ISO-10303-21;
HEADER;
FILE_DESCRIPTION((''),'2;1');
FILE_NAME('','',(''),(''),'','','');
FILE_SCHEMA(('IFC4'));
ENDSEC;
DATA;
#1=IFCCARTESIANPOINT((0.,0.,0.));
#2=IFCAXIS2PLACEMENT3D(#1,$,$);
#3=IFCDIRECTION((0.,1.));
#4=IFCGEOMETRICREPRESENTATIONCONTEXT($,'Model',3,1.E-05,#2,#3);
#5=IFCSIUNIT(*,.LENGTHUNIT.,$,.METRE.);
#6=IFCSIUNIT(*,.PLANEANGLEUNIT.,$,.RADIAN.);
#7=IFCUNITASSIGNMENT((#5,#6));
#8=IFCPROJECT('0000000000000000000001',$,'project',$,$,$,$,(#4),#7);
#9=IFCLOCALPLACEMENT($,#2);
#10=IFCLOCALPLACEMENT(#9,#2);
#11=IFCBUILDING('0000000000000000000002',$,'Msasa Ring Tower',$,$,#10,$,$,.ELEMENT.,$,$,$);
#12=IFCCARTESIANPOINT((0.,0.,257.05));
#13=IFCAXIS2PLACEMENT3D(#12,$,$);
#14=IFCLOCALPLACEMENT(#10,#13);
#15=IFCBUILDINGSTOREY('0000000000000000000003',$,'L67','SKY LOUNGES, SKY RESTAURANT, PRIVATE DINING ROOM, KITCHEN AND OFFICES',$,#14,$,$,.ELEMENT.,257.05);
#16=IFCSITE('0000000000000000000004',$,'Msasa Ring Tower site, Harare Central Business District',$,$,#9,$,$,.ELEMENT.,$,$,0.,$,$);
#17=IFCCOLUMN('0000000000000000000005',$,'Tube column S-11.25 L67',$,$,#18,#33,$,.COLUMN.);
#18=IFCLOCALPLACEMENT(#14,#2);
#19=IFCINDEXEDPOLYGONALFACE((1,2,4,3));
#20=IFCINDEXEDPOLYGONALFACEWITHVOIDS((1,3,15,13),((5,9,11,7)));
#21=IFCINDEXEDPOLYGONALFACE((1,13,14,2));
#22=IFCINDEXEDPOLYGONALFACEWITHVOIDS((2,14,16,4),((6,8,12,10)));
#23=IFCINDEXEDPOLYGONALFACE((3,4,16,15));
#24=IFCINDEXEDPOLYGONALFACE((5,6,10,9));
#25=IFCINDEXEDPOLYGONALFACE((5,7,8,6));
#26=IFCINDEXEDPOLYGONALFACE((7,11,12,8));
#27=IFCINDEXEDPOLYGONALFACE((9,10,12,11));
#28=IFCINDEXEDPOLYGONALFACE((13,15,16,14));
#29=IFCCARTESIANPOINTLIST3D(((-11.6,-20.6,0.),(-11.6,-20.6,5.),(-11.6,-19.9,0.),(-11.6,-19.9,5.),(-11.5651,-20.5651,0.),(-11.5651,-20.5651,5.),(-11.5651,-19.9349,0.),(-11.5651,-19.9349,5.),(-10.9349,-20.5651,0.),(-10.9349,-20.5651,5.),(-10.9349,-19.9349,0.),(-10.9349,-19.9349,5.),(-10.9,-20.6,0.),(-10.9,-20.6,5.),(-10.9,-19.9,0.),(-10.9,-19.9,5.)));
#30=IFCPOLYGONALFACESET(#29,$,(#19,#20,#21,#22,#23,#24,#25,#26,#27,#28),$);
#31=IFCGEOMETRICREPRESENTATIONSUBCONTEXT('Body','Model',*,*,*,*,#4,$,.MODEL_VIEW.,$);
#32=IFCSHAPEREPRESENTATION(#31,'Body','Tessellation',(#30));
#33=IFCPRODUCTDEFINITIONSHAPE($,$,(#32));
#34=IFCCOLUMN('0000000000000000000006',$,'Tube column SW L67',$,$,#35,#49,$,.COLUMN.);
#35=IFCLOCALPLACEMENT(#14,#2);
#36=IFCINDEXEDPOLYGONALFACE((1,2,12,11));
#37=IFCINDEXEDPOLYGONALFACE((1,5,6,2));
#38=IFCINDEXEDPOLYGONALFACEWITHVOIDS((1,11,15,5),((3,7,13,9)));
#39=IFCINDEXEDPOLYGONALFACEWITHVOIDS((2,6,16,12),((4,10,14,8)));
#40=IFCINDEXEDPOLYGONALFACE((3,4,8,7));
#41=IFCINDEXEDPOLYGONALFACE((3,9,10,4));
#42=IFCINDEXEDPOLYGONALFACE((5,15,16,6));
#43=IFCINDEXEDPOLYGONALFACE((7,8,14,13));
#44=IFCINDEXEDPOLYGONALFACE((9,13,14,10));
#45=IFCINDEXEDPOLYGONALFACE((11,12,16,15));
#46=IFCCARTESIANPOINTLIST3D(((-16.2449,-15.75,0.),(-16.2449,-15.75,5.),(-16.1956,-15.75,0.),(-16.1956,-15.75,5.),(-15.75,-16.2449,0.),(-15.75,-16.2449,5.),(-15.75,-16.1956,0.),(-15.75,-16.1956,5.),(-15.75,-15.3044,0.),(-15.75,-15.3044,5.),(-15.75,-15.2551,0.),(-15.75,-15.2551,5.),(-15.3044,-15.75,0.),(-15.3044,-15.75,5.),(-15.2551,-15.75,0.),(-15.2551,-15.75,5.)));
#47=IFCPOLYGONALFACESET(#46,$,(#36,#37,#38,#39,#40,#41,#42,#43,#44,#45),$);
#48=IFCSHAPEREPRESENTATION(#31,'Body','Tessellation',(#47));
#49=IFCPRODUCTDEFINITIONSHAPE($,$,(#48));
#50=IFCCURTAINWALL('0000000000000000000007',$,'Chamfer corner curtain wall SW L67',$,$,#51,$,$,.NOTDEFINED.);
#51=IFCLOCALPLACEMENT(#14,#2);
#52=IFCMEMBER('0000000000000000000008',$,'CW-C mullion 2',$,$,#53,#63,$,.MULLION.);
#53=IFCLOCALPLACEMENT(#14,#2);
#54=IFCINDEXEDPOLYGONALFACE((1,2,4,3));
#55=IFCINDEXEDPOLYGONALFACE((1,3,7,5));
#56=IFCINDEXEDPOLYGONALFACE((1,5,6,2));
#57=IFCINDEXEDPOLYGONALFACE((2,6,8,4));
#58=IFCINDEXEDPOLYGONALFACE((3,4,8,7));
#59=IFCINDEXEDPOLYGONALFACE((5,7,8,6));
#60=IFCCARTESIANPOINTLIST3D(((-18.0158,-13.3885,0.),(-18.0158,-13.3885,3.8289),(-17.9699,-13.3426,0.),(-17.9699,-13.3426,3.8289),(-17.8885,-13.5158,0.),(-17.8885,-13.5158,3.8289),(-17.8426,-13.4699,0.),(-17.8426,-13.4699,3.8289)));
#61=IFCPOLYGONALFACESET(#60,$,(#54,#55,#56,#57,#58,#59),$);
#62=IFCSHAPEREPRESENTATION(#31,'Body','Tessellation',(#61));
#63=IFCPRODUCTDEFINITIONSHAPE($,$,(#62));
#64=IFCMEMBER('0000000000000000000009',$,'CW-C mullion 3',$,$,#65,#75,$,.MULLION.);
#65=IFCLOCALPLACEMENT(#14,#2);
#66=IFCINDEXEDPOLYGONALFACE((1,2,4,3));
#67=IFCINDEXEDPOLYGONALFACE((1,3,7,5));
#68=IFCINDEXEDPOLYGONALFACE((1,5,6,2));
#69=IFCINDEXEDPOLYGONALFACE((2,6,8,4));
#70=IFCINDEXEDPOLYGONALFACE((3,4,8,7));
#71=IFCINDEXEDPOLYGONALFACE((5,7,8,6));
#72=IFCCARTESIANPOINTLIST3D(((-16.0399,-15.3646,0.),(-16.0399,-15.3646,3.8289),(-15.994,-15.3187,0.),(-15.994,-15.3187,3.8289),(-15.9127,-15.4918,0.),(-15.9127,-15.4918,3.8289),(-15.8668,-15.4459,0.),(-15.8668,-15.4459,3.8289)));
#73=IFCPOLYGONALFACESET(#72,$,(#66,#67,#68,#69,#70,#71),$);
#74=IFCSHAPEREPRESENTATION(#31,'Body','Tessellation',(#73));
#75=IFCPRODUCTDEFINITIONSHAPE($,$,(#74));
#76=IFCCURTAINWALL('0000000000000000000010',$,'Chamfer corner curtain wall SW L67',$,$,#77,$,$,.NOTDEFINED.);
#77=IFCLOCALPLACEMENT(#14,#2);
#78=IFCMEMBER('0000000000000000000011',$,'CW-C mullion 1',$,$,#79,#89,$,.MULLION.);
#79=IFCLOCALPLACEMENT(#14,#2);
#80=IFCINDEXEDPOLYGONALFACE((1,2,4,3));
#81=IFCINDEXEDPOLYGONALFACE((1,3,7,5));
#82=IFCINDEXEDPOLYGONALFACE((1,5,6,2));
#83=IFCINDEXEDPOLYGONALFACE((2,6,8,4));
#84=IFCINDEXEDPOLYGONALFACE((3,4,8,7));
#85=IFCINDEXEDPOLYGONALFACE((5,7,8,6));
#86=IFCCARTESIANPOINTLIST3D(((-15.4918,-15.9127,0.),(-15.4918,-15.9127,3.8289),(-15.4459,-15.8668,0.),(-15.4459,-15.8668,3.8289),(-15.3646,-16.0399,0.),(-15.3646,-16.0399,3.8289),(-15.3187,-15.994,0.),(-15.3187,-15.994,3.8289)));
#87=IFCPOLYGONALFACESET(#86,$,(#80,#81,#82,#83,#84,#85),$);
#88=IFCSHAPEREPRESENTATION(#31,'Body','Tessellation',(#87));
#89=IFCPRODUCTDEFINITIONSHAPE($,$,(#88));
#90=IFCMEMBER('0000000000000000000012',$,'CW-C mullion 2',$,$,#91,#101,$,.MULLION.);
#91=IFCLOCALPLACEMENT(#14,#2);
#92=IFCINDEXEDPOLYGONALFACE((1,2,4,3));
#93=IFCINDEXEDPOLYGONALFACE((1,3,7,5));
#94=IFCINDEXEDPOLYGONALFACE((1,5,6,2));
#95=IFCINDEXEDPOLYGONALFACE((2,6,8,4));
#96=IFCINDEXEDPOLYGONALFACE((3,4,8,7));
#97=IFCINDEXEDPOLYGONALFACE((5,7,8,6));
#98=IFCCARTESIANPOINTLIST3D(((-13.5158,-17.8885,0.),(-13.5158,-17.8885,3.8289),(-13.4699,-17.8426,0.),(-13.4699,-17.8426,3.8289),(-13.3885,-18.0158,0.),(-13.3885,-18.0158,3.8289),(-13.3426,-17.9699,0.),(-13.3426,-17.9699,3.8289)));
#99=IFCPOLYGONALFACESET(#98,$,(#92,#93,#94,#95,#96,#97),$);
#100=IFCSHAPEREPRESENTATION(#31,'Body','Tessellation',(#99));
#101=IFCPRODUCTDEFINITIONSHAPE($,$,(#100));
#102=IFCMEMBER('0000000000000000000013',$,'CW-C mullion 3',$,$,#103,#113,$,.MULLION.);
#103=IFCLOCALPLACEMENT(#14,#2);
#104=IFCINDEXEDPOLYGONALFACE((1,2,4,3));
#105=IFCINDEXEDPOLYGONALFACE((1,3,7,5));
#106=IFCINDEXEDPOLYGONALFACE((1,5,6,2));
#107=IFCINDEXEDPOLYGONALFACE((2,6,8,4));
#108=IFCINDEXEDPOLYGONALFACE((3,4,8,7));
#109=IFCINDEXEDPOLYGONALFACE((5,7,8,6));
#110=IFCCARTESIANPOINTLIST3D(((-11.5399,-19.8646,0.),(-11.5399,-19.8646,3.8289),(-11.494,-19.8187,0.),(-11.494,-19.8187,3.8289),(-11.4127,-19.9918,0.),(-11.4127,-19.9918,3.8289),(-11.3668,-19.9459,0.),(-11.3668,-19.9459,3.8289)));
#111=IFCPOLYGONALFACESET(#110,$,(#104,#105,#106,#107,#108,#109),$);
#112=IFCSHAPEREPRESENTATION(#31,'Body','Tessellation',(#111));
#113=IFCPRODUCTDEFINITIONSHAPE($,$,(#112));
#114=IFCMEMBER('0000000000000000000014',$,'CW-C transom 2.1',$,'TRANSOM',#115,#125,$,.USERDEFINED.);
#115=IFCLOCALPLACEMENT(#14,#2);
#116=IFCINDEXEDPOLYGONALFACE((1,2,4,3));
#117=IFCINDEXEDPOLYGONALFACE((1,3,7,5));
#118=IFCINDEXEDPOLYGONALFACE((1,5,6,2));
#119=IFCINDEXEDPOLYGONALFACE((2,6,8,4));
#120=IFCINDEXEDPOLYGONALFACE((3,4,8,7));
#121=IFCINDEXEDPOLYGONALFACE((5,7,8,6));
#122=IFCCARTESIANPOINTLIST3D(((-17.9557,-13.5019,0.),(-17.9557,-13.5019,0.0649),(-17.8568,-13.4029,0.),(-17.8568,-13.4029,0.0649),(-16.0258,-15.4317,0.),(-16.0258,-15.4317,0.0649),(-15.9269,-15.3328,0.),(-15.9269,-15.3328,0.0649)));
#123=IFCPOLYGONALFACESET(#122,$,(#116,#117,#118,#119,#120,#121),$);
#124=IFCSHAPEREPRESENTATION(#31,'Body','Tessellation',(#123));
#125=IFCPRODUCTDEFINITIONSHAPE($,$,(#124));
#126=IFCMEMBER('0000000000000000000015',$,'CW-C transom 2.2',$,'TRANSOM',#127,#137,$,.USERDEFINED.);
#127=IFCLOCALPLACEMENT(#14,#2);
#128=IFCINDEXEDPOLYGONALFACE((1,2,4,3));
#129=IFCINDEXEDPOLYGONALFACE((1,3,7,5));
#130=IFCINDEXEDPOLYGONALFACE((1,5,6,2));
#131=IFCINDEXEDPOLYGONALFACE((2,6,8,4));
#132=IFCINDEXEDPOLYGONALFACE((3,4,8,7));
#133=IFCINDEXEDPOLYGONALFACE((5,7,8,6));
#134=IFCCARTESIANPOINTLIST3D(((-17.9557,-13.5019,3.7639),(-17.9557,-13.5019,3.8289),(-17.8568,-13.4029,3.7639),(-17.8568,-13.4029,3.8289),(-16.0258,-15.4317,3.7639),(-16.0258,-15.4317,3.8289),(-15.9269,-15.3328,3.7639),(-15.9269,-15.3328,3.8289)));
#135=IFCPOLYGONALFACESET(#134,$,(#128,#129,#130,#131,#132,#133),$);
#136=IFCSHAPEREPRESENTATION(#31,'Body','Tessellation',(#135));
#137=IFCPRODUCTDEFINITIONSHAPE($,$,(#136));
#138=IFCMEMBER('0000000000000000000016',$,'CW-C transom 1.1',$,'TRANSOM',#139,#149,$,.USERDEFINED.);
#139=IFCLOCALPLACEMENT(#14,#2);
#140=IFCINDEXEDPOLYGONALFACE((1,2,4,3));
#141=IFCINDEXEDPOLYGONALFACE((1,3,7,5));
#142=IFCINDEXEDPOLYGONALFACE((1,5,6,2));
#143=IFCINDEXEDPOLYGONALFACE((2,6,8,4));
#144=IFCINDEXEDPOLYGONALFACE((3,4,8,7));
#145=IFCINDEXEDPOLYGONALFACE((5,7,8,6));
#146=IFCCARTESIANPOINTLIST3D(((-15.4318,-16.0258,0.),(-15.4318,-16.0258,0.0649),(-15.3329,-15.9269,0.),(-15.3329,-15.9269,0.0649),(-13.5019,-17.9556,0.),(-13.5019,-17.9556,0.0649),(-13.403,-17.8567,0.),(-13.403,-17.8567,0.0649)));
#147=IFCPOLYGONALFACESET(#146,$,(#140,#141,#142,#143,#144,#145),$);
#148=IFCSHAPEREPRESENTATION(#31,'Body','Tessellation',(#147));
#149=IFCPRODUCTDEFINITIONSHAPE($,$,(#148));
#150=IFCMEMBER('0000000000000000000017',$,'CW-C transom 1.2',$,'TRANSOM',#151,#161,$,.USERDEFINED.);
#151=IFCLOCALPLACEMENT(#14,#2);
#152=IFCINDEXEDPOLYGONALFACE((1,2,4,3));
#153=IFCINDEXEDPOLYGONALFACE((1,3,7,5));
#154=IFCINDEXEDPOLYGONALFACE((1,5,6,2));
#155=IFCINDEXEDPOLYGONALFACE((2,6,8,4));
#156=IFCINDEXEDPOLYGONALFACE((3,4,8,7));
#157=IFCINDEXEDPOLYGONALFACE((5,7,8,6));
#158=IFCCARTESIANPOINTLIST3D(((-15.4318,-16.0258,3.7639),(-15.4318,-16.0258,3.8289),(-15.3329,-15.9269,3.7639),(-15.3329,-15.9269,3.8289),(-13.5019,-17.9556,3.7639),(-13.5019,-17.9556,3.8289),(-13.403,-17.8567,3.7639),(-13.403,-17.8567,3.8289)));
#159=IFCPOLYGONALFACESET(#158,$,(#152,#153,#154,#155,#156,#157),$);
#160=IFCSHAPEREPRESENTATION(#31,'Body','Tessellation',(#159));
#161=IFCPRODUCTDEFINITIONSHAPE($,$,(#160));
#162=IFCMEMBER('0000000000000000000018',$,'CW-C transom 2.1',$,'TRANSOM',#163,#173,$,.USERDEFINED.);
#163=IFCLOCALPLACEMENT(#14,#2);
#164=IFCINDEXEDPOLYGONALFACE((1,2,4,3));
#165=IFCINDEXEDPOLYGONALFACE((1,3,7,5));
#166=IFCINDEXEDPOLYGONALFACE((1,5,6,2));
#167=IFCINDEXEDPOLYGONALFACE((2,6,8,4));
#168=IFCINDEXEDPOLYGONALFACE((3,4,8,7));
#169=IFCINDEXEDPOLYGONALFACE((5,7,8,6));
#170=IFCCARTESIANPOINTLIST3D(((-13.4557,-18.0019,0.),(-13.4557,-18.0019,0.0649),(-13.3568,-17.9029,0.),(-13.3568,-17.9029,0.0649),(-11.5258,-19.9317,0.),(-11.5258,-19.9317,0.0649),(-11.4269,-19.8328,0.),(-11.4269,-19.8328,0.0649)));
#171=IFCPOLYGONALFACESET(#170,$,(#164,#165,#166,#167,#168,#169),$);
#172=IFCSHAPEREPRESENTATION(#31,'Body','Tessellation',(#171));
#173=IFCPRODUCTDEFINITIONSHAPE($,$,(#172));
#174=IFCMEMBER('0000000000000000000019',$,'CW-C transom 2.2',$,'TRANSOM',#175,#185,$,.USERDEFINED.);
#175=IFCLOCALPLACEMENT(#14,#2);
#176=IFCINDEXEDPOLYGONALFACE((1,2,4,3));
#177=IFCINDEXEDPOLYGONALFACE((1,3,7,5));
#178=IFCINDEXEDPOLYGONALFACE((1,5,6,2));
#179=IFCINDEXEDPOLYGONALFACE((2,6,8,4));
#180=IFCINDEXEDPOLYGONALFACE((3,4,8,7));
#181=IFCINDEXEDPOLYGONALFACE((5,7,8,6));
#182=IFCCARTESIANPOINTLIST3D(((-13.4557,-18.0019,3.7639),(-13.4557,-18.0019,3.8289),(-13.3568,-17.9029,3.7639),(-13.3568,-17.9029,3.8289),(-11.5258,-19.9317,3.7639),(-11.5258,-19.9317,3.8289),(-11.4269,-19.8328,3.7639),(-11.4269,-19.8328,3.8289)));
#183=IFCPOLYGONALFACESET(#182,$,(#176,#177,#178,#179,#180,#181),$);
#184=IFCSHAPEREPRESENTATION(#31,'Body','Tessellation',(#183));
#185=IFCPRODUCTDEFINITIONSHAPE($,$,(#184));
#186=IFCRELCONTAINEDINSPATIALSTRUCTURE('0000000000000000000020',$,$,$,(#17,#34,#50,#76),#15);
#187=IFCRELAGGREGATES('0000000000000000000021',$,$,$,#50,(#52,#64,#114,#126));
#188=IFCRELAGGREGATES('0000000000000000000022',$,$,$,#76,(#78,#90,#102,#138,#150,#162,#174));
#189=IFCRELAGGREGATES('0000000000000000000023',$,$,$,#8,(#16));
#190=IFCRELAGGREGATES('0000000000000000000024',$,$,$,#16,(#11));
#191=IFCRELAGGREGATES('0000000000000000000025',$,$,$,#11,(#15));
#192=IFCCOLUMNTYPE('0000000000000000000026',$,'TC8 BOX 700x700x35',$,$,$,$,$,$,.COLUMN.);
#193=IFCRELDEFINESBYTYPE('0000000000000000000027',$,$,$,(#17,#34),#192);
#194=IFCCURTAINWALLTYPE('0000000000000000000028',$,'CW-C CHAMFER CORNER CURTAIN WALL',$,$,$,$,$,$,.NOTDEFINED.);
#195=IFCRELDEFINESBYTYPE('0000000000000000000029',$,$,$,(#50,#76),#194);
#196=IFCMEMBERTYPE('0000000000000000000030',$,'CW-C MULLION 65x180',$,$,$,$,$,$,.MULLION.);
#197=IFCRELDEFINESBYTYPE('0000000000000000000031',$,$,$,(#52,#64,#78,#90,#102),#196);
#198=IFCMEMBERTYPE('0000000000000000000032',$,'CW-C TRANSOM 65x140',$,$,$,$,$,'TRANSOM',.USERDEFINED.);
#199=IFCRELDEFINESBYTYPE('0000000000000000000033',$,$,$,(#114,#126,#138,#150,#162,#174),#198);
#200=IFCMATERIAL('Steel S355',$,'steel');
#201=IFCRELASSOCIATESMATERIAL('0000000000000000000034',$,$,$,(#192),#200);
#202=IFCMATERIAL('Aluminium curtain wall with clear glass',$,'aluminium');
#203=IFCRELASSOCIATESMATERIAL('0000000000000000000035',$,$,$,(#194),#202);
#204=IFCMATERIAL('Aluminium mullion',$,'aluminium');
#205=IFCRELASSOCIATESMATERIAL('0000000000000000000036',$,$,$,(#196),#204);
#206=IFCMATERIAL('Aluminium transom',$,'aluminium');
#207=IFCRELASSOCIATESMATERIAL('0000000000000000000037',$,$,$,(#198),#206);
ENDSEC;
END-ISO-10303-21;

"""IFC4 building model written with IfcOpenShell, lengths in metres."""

from ifc_helpers import new_model, si_unit, direction, frame, origin, origin_2d, place, context, subcontext, project, spatial, rectangle, hollow_rectangle, extrude, material, material_profile, profile_set, type_object, element, aggregate, save


model = new_model("IFC4")

# Units and contexts
model_context = context("Model", 3, precision=1e-05, world=origin(), true_north=direction((0.0, 1.0)))
body_context = subcontext(model_context, "Body", "Model", "MODEL_VIEW")
ifc_project = project(units=[si_unit("LENGTHUNIT", "METRE"), si_unit("PLANEANGLEUNIT", "RADIAN")], contexts=[model_context])

# Site, building, storey
site_placement = place(None, origin())
site = spatial("IfcSite", under=ifc_project, at=site_placement, Name="Msasa Ring Tower site, Harare Central Business District", CompositionType="ELEMENT", RefElevation=0.0)
building_placement = place(site_placement, origin())
building = spatial("IfcBuilding", under=site, at=building_placement, Name="Msasa Ring Tower", CompositionType="ELEMENT")
storey_placement = place(building_placement, frame((0.0, 0.0, 257.05)))
storey = spatial("IfcBuildingStorey", under=building, at=storey_placement, Name="L67", Description="SKY LOUNGES, SKY RESTAURANT, PRIVATE DINING ROOM, KITCHEN AND OFFICES", CompositionType="ELEMENT", Elevation=257.05)

# Columns
ifc_material_1 = material(Name="Steel S355", Category="steel")
ifc_material_profile_1 = material_profile(ifc_material_1, hollow_rectangle(XDim=0.7, YDim=0.7, WallThickness=0.0349, at=origin_2d()), Name="BOX 700x700x35")
ifc_profile_set_1 = profile_set([ifc_material_profile_1], Name="Steel S355")
column_type = type_object("IfcColumnType", Name="TC8 BOX 700x700x35", PredefinedType="COLUMN", material=ifc_profile_set_1)
for number, where, z_axis, x_axis, name in (
    (1, (-11.25, -20.25, 0.0), (0.0, 0.0, 1.0), (0.0, 1.0, 0.0), "Tube column S-11.25 L67"),
    (2, (-15.75, -15.75, 0.0), (0.0, 0.0, 1.0), (0.707107, 0.707107, 0.0), "Tube column SW L67"),
):
    element("IfcColumn", number, at=place(storey_placement, frame(where, z_axis=z_axis, x_axis=x_axis)), inside=storey, type_object=column_type, Name=name, PredefinedType="COLUMN", context=body_context, shape_type="SweptSolid", body=[
        extrude(hollow_rectangle(XDim=0.7, YDim=0.7, WallThickness=0.0349, at=origin_2d()), origin(), (0.0, 0.0, 1.0), 5.0),
    ])

# Curtain walls, members
ifc_material_2 = material(Name="Aluminium curtain wall with clear glass", Category="aluminium")
curtain_wall_type = type_object("IfcCurtainWallType", Name="CW-C CHAMFER CORNER CURTAIN WALL", PredefinedType="NOTDEFINED", material=ifc_material_2)
curtain_wall_1_placement = place(storey_placement, origin())
curtain_wall_1 = element("IfcCurtainWall", 3, at=curtain_wall_1_placement, inside=storey, type_object=curtain_wall_type, Name="Chamfer corner curtain wall SW L67", PredefinedType="NOTDEFINED")
ifc_material_3 = material(Name="Aluminium mullion", Category="aluminium")
ifc_material_profile_2 = material_profile(ifc_material_3, rectangle(XDim=0.0649, YDim=0.1799, at=origin_2d()), Name="AL 65x180")
ifc_profile_set_2 = profile_set([ifc_material_profile_2], Name="Aluminium mullion")
member_type_1 = type_object("IfcMemberType", Name="CW-C MULLION 65x180", PredefinedType="MULLION", material=ifc_profile_set_2)
member_1_placement = place(storey_placement, frame((-17.9292, -13.4292, 0.0), z_axis=(0.0, 0.0, 1.0), x_axis=(0.707107, 0.707107, 0.0)))
member_1 = element("IfcMember", 4, at=member_1_placement, type_object=member_type_1, Name="CW-C mullion 2", PredefinedType="MULLION", context=body_context, shape_type="SweptSolid", body=[
    extrude(rectangle(XDim=0.0649, YDim=0.1799, at=origin_2d()), origin(), (0.0, 0.0, 1.0), 3.8289),
])
member_2_placement = place(storey_placement, frame((-15.9534, -15.4053, 0.0), z_axis=(0.0, 0.0, 1.0), x_axis=(0.707107, 0.707107, 0.0)))
member_2 = element("IfcMember", 5, at=member_2_placement, type_object=member_type_1, Name="CW-C mullion 3", PredefinedType="MULLION", context=body_context, shape_type="SweptSolid", body=[
    extrude(rectangle(XDim=0.0649, YDim=0.1799, at=origin_2d()), origin(), (0.0, 0.0, 1.0), 3.8289),
])
curtain_wall_2_placement = place(storey_placement, origin())
curtain_wall_2 = element("IfcCurtainWall", 6, at=curtain_wall_2_placement, inside=storey, type_object=curtain_wall_type, Name="Chamfer corner curtain wall SW L67", PredefinedType="NOTDEFINED")
member_3_placement = place(storey_placement, frame((-15.4053, -15.9534, 0.0), z_axis=(0.0, 0.0, 1.0), x_axis=(0.707107, 0.707107, 0.0)))
member_3 = element("IfcMember", 7, at=member_3_placement, type_object=member_type_1, Name="CW-C mullion 1", PredefinedType="MULLION", context=body_context, shape_type="SweptSolid", body=[
    extrude(rectangle(XDim=0.0649, YDim=0.1799, at=origin_2d()), origin(), (0.0, 0.0, 1.0), 3.8289),
])
member_4_placement = place(storey_placement, frame((-13.4292, -17.9292, 0.0), z_axis=(0.0, 0.0, 1.0), x_axis=(0.707107, 0.707107, 0.0)))
member_4 = element("IfcMember", 8, at=member_4_placement, type_object=member_type_1, Name="CW-C mullion 2", PredefinedType="MULLION", context=body_context, shape_type="SweptSolid", body=[
    extrude(rectangle(XDim=0.0649, YDim=0.1799, at=origin_2d()), origin(), (0.0, 0.0, 1.0), 3.8289),
])
member_5_placement = place(storey_placement, frame((-11.4534, -19.9053, 0.0), z_axis=(0.0, 0.0, 1.0), x_axis=(0.707107, 0.707107, 0.0)))
member_5 = element("IfcMember", 9, at=member_5_placement, type_object=member_type_1, Name="CW-C mullion 3", PredefinedType="MULLION", context=body_context, shape_type="SweptSolid", body=[
    extrude(rectangle(XDim=0.0649, YDim=0.1799, at=origin_2d()), origin(), (0.0, 0.0, 1.0), 3.8289),
])

# Members
ifc_material_4 = material(Name="Aluminium transom", Category="aluminium")
ifc_material_profile_3 = material_profile(ifc_material_4, rectangle(XDim=0.1399, YDim=0.0649, at=origin_2d()), Name="AL 65x140")
ifc_profile_set_3 = profile_set([ifc_material_profile_3], Name="Aluminium transom")
member_type_2 = type_object("IfcMemberType", Name="CW-C TRANSOM 65x140", ElementType="TRANSOM", PredefinedType="USERDEFINED", material=ifc_profile_set_3)
member_6_placement = place(storey_placement, frame((-17.9062, -13.4524, 0.0325), z_axis=(0.707107, -0.707107, 0.0), x_axis=(0.707107, 0.707107, 0.0)))
member_6 = element("IfcMember", 10, at=member_6_placement, type_object=member_type_2, Name="CW-C transom 2.1", ObjectType="TRANSOM", PredefinedType="USERDEFINED", context=body_context, shape_type="SweptSolid", body=[
    extrude(rectangle(XDim=0.1399, YDim=0.0649, at=origin_2d()), origin(), (0.0, 0.0, 1.0), 2.7292),
])
member_7_placement = place(storey_placement, frame((-17.9062, -13.4524, 3.7964), z_axis=(0.707107, -0.707107, 0.0), x_axis=(0.707107, 0.707107, 0.0)))
member_7 = element("IfcMember", 11, at=member_7_placement, type_object=member_type_2, Name="CW-C transom 2.2", ObjectType="TRANSOM", PredefinedType="USERDEFINED", context=body_context, shape_type="SweptSolid", body=[
    extrude(rectangle(XDim=0.1399, YDim=0.0649, at=origin_2d()), origin(), (0.0, 0.0, 1.0), 2.7292),
])
member_8_placement = place(storey_placement, frame((-15.3823, -15.9763, 0.0325), z_axis=(0.707107, -0.707107, 0.0), x_axis=(0.707107, 0.707107, 0.0)))
member_8 = element("IfcMember", 12, at=member_8_placement, type_object=member_type_2, Name="CW-C transom 1.1", ObjectType="TRANSOM", PredefinedType="USERDEFINED", context=body_context, shape_type="SweptSolid", body=[
    extrude(rectangle(XDim=0.1399, YDim=0.0649, at=origin_2d()), origin(), (0.0, 0.0, 1.0), 2.7292),
])
member_9_placement = place(storey_placement, frame((-15.3823, -15.9763, 3.7964), z_axis=(0.707107, -0.707107, 0.0), x_axis=(0.707107, 0.707107, 0.0)))
member_9 = element("IfcMember", 13, at=member_9_placement, type_object=member_type_2, Name="CW-C transom 1.2", ObjectType="TRANSOM", PredefinedType="USERDEFINED", context=body_context, shape_type="SweptSolid", body=[
    extrude(rectangle(XDim=0.1399, YDim=0.0649, at=origin_2d()), origin(), (0.0, 0.0, 1.0), 2.7292),
])
member_10_placement = place(storey_placement, frame((-13.4062, -17.9524, 0.0325), z_axis=(0.707107, -0.707107, 0.0), x_axis=(0.707107, 0.707107, 0.0)))
member_10 = element("IfcMember", 14, at=member_10_placement, type_object=member_type_2, Name="CW-C transom 2.1", ObjectType="TRANSOM", PredefinedType="USERDEFINED", context=body_context, shape_type="SweptSolid", body=[
    extrude(rectangle(XDim=0.1399, YDim=0.0649, at=origin_2d()), origin(), (0.0, 0.0, 1.0), 2.7292),
])
member_11_placement = place(storey_placement, frame((-13.4062, -17.9524, 3.7964), z_axis=(0.707107, -0.707107, 0.0), x_axis=(0.707107, 0.707107, 0.0)))
member_11 = element("IfcMember", 15, at=member_11_placement, type_object=member_type_2, Name="CW-C transom 2.2", ObjectType="TRANSOM", PredefinedType="USERDEFINED", context=body_context, shape_type="SweptSolid", body=[
    extrude(rectangle(XDim=0.1399, YDim=0.0649, at=origin_2d()), origin(), (0.0, 0.0, 1.0), 2.7292),
])

aggregate(curtain_wall_1, [member_1, member_2, member_6, member_7])
aggregate(curtain_wall_2, [member_3, member_4, member_5, member_8, member_9, member_10, member_11])

save(model, "model.ifc")
